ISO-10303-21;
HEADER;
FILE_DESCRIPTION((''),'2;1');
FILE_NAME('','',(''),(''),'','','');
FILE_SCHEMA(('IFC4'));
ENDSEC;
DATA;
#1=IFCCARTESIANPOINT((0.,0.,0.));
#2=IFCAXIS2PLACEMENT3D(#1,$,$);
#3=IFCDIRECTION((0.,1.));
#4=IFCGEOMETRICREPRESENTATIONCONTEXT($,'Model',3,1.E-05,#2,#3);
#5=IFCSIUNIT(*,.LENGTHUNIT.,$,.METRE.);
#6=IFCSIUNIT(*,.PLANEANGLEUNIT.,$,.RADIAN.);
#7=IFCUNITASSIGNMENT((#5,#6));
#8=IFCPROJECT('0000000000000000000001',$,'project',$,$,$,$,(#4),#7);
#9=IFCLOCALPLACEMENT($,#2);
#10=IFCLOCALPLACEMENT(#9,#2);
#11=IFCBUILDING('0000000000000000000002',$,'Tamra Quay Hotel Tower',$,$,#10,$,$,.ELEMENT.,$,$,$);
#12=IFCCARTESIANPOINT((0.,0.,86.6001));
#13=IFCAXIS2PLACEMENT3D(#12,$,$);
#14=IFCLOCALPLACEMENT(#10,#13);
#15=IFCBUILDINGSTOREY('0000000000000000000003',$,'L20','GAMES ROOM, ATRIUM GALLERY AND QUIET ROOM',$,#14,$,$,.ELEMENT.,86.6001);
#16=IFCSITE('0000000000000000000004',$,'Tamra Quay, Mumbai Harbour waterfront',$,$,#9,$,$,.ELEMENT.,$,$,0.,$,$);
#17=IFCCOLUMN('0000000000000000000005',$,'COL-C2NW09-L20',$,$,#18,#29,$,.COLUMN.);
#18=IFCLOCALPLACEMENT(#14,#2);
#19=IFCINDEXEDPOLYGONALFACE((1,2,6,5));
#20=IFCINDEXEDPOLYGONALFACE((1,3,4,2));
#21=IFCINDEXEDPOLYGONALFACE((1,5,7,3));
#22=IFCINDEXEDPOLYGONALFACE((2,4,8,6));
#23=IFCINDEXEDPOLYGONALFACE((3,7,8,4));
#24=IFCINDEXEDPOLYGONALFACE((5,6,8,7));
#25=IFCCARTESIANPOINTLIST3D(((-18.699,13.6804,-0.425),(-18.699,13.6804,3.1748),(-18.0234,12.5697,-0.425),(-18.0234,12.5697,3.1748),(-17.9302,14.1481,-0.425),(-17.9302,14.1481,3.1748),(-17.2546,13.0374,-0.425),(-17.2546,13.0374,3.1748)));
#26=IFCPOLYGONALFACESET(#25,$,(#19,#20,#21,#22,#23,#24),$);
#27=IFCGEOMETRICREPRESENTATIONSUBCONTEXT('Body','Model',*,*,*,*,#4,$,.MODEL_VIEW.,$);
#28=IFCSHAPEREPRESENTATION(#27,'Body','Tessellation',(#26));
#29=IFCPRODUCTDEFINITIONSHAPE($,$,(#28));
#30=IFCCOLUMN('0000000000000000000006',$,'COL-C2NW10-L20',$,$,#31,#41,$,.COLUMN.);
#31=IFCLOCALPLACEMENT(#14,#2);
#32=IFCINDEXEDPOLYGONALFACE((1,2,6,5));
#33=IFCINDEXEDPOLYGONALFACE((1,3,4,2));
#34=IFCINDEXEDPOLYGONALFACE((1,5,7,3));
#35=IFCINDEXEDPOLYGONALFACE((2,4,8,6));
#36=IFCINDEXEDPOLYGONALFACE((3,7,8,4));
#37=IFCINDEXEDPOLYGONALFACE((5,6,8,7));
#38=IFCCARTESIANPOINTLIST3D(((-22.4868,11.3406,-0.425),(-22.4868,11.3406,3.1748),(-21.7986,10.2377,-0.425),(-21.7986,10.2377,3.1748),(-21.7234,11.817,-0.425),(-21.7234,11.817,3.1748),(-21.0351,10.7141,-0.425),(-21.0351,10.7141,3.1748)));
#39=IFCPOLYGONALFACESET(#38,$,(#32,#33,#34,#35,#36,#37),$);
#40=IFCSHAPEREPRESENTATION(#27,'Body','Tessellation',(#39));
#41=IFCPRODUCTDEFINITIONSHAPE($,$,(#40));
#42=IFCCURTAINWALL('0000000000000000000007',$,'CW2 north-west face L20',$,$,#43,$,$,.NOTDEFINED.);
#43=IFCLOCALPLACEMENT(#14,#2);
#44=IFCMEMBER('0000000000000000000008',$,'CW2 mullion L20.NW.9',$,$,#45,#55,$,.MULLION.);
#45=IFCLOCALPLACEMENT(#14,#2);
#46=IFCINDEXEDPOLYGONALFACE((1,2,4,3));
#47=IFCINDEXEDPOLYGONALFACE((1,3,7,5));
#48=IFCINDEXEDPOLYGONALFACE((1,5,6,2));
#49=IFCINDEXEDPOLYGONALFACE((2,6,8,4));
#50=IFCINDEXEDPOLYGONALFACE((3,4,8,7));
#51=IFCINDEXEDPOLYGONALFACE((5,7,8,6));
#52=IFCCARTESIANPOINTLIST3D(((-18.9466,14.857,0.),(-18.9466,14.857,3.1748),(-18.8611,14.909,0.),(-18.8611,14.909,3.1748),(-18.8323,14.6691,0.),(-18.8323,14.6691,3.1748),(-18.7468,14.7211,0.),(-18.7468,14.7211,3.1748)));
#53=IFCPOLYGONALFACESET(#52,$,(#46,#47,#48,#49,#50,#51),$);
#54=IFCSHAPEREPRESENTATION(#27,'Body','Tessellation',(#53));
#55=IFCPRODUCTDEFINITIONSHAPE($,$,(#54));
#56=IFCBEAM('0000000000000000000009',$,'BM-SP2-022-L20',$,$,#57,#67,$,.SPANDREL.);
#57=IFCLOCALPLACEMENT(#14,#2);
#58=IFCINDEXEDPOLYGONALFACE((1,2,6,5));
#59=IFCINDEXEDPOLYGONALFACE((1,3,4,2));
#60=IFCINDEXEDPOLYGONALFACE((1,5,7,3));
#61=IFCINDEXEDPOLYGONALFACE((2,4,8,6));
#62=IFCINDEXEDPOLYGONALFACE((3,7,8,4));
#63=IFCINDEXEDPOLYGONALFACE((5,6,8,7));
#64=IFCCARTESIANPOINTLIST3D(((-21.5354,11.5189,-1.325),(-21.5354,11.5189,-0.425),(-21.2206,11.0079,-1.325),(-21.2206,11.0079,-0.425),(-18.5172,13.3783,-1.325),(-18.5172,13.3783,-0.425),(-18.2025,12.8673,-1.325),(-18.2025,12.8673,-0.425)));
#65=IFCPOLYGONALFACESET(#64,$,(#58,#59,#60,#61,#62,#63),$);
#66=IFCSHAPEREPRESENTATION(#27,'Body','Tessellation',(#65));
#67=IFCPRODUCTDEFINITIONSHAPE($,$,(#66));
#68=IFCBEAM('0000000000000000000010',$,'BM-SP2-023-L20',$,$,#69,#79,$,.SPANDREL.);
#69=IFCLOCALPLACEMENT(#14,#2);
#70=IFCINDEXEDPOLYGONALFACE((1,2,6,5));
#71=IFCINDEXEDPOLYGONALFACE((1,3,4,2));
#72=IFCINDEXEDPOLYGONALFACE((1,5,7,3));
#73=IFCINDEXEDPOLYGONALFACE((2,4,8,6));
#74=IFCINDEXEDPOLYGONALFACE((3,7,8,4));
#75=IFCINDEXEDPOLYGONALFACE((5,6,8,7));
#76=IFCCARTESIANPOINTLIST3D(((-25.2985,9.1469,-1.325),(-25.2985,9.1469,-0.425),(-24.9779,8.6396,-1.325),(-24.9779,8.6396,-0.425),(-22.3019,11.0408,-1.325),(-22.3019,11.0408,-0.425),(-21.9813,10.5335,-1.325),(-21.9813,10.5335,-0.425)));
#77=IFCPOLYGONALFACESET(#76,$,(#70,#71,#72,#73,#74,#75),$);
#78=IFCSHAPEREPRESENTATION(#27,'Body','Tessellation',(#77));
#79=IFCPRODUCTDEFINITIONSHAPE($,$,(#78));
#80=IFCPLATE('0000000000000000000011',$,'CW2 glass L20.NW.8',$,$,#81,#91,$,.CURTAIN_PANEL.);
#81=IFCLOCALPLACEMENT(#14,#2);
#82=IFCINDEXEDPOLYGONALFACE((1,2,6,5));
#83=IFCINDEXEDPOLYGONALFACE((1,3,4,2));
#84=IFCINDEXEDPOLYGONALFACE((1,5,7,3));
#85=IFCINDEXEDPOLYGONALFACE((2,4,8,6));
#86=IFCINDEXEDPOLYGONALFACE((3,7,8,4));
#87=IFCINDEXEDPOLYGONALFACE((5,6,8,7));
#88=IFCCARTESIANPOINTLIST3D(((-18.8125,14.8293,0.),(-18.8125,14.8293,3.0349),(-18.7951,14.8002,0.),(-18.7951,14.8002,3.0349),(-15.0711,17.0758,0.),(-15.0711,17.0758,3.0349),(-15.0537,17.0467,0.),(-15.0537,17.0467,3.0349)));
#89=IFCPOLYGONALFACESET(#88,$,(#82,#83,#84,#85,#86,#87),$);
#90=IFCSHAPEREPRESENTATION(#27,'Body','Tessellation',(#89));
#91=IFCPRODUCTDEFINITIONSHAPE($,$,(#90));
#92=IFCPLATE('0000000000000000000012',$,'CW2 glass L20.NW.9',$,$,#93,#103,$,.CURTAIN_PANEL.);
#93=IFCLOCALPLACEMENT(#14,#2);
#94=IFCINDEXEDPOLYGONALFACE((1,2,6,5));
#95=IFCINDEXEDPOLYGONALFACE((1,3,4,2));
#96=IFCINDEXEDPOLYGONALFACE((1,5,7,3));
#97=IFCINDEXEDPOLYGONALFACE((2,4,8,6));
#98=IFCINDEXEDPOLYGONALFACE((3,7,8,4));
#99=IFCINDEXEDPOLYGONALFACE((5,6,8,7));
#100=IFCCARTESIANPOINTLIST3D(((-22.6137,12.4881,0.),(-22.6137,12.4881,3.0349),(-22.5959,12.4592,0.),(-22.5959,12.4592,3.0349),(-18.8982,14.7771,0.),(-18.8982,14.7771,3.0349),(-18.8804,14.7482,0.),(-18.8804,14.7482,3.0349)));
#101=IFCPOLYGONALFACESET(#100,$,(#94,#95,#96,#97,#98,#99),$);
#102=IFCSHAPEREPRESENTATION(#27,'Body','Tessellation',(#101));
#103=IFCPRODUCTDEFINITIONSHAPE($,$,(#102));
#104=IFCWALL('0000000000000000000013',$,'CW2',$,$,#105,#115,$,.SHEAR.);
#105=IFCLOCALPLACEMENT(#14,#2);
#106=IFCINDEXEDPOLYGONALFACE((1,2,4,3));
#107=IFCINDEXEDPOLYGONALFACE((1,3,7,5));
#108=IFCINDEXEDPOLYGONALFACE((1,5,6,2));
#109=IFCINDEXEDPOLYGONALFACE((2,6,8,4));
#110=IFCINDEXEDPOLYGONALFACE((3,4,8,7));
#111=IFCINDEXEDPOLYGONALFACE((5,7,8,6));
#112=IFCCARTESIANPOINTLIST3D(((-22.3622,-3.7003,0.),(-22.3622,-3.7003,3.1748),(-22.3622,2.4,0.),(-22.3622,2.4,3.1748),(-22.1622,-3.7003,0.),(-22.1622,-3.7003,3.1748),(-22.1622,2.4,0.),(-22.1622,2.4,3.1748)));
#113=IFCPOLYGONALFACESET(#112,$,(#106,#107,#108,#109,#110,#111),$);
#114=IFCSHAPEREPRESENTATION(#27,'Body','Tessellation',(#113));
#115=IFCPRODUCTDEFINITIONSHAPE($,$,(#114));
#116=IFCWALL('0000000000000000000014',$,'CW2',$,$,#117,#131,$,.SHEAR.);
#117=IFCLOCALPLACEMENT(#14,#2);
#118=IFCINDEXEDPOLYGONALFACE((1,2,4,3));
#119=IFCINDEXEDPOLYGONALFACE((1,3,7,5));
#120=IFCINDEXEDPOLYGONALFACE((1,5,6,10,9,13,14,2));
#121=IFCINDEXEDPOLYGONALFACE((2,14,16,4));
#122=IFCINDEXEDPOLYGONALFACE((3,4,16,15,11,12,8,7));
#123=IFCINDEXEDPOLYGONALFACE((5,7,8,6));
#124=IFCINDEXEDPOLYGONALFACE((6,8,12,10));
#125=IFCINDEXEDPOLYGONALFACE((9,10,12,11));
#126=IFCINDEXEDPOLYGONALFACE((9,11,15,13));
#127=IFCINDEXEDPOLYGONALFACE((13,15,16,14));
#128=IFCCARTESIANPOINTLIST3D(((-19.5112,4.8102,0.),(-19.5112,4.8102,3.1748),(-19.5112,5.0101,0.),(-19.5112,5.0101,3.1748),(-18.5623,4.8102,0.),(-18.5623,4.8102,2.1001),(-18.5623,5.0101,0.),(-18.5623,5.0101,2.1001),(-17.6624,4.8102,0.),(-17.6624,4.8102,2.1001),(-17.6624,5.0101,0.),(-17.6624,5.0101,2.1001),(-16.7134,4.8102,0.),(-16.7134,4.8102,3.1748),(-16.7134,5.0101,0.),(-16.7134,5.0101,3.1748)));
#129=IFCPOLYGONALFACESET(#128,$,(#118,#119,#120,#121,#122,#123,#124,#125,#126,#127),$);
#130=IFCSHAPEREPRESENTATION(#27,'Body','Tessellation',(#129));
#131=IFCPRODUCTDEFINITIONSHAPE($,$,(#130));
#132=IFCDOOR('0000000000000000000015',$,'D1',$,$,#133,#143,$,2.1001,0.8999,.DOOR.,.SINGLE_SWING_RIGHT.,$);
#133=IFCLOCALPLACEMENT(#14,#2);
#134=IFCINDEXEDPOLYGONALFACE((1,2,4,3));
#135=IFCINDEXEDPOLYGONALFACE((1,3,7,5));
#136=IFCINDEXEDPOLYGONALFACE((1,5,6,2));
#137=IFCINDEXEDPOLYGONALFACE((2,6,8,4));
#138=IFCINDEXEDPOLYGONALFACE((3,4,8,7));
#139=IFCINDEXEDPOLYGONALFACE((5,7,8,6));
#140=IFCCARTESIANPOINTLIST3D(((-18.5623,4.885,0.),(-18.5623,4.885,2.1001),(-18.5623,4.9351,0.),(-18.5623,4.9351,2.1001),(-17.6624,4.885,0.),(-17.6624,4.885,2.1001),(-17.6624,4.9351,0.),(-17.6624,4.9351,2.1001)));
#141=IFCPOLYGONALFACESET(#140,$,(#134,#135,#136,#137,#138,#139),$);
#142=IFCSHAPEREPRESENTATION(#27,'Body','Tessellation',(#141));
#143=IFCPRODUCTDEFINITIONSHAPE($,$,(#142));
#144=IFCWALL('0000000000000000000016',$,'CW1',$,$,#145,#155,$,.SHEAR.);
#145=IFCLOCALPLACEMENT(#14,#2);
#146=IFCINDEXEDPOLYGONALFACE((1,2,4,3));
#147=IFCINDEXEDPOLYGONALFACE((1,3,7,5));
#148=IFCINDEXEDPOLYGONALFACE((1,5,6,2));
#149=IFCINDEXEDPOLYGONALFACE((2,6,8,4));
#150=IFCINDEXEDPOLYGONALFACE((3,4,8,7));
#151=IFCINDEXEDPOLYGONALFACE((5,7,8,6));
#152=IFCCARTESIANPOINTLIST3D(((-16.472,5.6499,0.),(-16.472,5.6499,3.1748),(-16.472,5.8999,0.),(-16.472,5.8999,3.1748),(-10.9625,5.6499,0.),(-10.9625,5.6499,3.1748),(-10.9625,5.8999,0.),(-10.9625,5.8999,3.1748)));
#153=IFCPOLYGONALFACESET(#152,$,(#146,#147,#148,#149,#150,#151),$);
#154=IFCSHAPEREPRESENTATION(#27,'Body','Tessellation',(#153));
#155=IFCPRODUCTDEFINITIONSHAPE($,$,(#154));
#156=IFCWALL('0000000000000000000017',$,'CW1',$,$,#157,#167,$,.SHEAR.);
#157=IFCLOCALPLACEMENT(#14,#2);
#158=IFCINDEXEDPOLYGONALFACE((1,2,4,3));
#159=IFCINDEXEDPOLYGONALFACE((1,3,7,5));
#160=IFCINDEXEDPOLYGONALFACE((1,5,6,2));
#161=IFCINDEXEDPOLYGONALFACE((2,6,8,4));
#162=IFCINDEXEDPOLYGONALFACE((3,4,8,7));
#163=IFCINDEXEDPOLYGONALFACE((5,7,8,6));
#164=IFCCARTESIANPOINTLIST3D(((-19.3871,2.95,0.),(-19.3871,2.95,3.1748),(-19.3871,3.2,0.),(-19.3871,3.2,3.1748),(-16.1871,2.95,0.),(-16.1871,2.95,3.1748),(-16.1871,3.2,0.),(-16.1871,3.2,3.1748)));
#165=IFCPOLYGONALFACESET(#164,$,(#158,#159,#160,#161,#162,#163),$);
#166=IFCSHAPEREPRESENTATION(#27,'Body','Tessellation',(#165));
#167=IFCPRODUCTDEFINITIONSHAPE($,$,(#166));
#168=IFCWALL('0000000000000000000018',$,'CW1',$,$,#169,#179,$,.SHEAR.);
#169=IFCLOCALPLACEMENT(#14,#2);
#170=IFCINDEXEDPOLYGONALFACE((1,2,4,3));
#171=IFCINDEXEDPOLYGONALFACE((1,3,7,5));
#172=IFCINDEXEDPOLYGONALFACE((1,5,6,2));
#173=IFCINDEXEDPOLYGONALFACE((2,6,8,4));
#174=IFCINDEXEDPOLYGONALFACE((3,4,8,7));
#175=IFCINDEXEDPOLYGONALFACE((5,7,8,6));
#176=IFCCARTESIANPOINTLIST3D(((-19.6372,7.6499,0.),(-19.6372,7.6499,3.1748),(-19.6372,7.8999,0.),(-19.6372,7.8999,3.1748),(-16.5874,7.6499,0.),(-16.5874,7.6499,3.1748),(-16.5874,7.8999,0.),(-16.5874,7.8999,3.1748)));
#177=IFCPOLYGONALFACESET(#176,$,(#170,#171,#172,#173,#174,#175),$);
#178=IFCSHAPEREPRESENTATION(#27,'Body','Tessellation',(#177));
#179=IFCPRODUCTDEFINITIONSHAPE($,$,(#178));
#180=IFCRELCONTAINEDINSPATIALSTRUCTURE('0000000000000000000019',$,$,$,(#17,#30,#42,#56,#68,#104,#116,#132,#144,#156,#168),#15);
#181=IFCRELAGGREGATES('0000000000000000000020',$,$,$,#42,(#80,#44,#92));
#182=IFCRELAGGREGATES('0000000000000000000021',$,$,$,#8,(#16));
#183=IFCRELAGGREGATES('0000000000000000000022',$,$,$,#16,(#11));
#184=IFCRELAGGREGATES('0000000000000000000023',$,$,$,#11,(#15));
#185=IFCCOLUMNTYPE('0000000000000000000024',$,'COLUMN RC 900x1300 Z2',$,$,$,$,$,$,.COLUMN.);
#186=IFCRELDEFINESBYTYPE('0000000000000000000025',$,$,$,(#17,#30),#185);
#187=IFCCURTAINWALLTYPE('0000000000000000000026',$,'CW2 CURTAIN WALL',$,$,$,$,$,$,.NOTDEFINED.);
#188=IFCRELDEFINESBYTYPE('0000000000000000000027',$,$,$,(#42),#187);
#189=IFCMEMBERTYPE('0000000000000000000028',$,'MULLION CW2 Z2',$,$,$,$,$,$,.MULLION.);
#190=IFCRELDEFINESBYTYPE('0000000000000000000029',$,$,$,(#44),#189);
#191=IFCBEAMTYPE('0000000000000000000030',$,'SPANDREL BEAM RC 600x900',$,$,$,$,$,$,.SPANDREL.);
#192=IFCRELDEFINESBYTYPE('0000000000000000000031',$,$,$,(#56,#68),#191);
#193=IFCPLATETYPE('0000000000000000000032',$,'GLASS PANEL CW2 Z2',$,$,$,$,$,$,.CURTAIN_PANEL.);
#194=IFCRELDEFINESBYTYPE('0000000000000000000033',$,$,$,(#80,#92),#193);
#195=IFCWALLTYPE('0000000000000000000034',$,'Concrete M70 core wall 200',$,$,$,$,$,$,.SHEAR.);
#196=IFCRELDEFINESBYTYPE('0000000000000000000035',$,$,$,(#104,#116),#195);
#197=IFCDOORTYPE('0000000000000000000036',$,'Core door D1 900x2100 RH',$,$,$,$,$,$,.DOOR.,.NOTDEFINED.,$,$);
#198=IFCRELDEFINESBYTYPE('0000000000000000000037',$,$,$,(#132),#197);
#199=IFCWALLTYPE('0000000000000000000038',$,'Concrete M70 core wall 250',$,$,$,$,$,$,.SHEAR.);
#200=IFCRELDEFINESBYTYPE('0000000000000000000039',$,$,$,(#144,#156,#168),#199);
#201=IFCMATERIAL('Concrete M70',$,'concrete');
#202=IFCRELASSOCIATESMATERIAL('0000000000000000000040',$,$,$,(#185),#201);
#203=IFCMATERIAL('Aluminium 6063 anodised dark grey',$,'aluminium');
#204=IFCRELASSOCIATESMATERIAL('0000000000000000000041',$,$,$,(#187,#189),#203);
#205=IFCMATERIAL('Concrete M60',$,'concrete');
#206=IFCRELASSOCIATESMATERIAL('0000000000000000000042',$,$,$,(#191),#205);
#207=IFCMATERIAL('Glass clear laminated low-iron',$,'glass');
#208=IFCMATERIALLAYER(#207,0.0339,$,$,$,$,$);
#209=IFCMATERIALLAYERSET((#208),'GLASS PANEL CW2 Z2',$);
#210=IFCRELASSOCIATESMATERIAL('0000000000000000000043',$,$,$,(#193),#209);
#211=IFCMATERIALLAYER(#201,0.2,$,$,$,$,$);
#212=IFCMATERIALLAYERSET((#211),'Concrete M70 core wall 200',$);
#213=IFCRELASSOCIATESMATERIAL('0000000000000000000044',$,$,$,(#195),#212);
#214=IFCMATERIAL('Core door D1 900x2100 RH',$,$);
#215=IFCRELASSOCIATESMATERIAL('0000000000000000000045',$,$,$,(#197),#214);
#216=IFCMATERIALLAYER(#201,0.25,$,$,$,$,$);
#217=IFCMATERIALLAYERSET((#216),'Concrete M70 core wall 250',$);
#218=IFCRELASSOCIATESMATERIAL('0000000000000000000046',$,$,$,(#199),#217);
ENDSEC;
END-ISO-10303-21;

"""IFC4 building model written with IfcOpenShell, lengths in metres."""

from ifc_helpers import new_model, si_unit, direction, frame, frame_2d, origin, origin_2d, place, context, subcontext, project, spatial, rectangle, extrude, material, layer, layer_set, material_profile, profile_set, type_object, element, fill, aggregate, save


model = new_model("IFC4")

# Units and contexts
model_context = context("Model", 3, precision=1e-05, world=origin(), true_north=direction((0.0, 1.0)))
body_context = subcontext(model_context, "Body", "Model", "MODEL_VIEW")
ifc_project = project(units=[si_unit("LENGTHUNIT", "METRE"), si_unit("PLANEANGLEUNIT", "RADIAN")], contexts=[model_context])

# Site, building, storey
site_placement = place(None, origin())
site = spatial("IfcSite", under=ifc_project, at=site_placement, Name="Tamra Quay, Mumbai Harbour waterfront", CompositionType="ELEMENT", RefElevation=0.0)
building_placement = place(site_placement, origin())
building = spatial("IfcBuilding", under=site, at=building_placement, Name="Tamra Quay Hotel Tower", CompositionType="ELEMENT")
storey_placement = place(building_placement, frame((0.0, 0.0, 86.6001)))
storey = spatial("IfcBuildingStorey", under=building, at=storey_placement, Name="L20", Description="GAMES ROOM, ATRIUM GALLERY AND QUIET ROOM", CompositionType="ELEMENT", Elevation=86.6001)

# Columns
ifc_material_1 = material(Name="Concrete M70", Category="concrete")
ifc_material_profile_1 = material_profile(ifc_material_1, rectangle(XDim=1.3, YDim=0.8999, at=origin_2d()), Name="COLUMN RC 900x1300 Z2")
ifc_profile_set_1 = profile_set([ifc_material_profile_1], Name="Concrete M70")
column_type = type_object("IfcColumnType", Name="COLUMN RC 900x1300 Z2", PredefinedType="COLUMN", material=ifc_profile_set_1)
for number, where, z_axis, x_axis, name in (
    (1, (-17.9768, 13.3589, -0.425), (0.0, 0.0, 1.0), (-0.519679, 0.854362, 0.0), "COL-C2NW09-L20"),
    (2, (-21.761, 11.0273, -0.425), (0.0, 0.0, 1.0), (-0.52941, 0.848366, 0.0), "COL-C2NW10-L20"),
):
    element("IfcColumn", number, at=place(storey_placement, frame(where, z_axis=z_axis, x_axis=x_axis)), inside=storey, type_object=column_type, Name=name, PredefinedType="COLUMN", context=body_context, shape_type="SweptSolid", body=[
        extrude(rectangle(XDim=1.3, YDim=0.8999, at=origin_2d()), origin(), (0.0, 0.0, 1.0), 3.5999),
    ])

# Curtain wall, member
ifc_material_2 = material(Name="Aluminium 6063 anodised dark grey", Category="aluminium")
curtain_wall_type = type_object("IfcCurtainWallType", Name="CW2 CURTAIN WALL", PredefinedType="NOTDEFINED", material=ifc_material_2)
curtain_wall_placement = place(storey_placement, origin())
curtain_wall = element("IfcCurtainWall", 3, at=curtain_wall_placement, inside=storey, type_object=curtain_wall_type, Name="CW2 north-west face L20", PredefinedType="NOTDEFINED")
ifc_material_profile_2 = material_profile(ifc_material_2, rectangle(XDim=0.22, YDim=0.1001, at=origin_2d()), Name="MULLION 100X220")
ifc_profile_set_2 = profile_set([ifc_material_profile_2], Name="Aluminium 6063 anodised dark grey")
member_type = type_object("IfcMemberType", Name="MULLION CW2 Z2", PredefinedType="MULLION", material=ifc_profile_set_2)
member_placement = place(storey_placement, frame((-18.8467, 14.7891, 0.0), z_axis=(0.0, 0.0, 1.0), x_axis=(-0.51965, 0.854379, 0.0)))
member = element("IfcMember", 4, at=member_placement, type_object=member_type, Name="CW2 mullion L20.NW.9", PredefinedType="MULLION", context=body_context, shape_type="SweptSolid", body=[
    extrude(rectangle(XDim=0.22, YDim=0.1001, at=origin_2d()), origin(), (0.0, 0.0, 1.0), 3.1748),
])

# Beams
ifc_material_3 = material(Name="Concrete M60", Category="concrete")
ifc_material_profile_3 = material_profile(ifc_material_3, rectangle(XDim=0.6001, YDim=0.8999, at=origin_2d()), Name="SPANDREL BEAM RC 600x900")
ifc_profile_set_3 = profile_set([ifc_material_profile_3], Name="Concrete M60")
beam_type = type_object("IfcBeamType", Name="SPANDREL BEAM RC 600x900", PredefinedType="SPANDREL", material=ifc_profile_set_3)
for number, where, z_axis, x_axis, name in (
    (5, (-18.3599, 13.1228, -0.875), (-0.851393, -0.524528, 0.0), (0.524528, -0.851393, 0.0), "BM-SP2-022-L20"),
    (6, (-22.1416, 10.7871, -0.875), (-0.845333, -0.534239, 0.0), (0.534239, -0.845333, 0.0), "BM-SP2-023-L20"),
):
    element("IfcBeam", number, at=place(storey_placement, frame(where, z_axis=z_axis, x_axis=x_axis)), inside=storey, type_object=beam_type, Name=name, PredefinedType="SPANDREL", context=body_context, shape_type="SweptSolid", body=[
        extrude(rectangle(XDim=0.6001, YDim=0.8999, at=origin_2d()), origin(), (0.0, 0.0, 1.0), 3.5449),
    ])

# Plates
ifc_material_4 = material(Name="Glass clear laminated low-iron", Category="glass")
ifc_layer_1 = layer(ifc_material_4, 0.0339)
ifc_layer_set_1 = layer_set([ifc_layer_1], Name="GLASS PANEL CW2 Z2")
plate_type = type_object("IfcPlateType", Name="GLASS PANEL CW2 Z2", PredefinedType="CURTAIN_PANEL", material=ifc_layer_set_1)
plate_1_placement = place(storey_placement, frame((-16.9331, 15.938, 0.0), z_axis=(0.0, 0.0, 1.0), x_axis=(-0.857331, -0.514765, 0.0)))
plate_1 = element("IfcPlate", 7, at=plate_1_placement, type_object=plate_type, Name="CW2 glass L20.NW.8", PredefinedType="CURTAIN_PANEL", context=body_context, shape_type="SweptSolid", body=[
    extrude(rectangle(XDim=4.364, YDim=0.0339, at=origin_2d()), origin(), (0.0, 0.0, 1.0), 3.0349),
])
plate_2_placement = place(storey_placement, frame((-20.7471, 13.6182, 0.0), z_axis=(0.0, 0.0, 1.0), x_axis=(-0.851399, -0.524518, 0.0)))
plate_2 = element("IfcPlate", 8, at=plate_2_placement, type_object=plate_type, Name="CW2 glass L20.NW.9", PredefinedType="CURTAIN_PANEL", context=body_context, shape_type="SweptSolid", body=[
    extrude(rectangle(XDim=4.364, YDim=0.0339, at=origin_2d()), origin(), (0.0, 0.0, 1.0), 3.0349),
])
aggregate(curtain_wall, [plate_1, member, plate_2])

# Wall
ifc_layer_2 = layer(ifc_material_1, 0.2)
ifc_layer_set_2 = layer_set([ifc_layer_2], Name="Concrete M70 core wall 200")
wall_type_1 = type_object("IfcWallType", Name="Concrete M70 core wall 200", PredefinedType="SHEAR", material=ifc_layer_set_2)
wall_1_placement = place(storey_placement, frame((-22.2622, 2.4001, 0.0), z_axis=(0.0, 0.0, 1.0), x_axis=(0.0, -1.0, 0.0)))
element("IfcWall", 9, at=wall_1_placement, inside=storey, type_object=wall_type_1, Name="CW2", PredefinedType="SHEAR", context=body_context, shape_type="SweptSolid", body=[
    extrude(rectangle(XDim=6.1003, YDim=0.2, at=frame_2d((3.0503, 0.0))), origin(), (0.0, 0.0, 1.0), 3.1748),
])

# Wall, opening, door
wall_2_placement = place(storey_placement, frame((-19.5112, 4.9102, 0.0), z_axis=(0.0, 0.0, 1.0), x_axis=(1.0, 0.0, 0.0)))
wall_2 = element("IfcWall", 10, at=wall_2_placement, inside=storey, type_object=wall_type_1, Name="CW2", PredefinedType="SHEAR", context=body_context, shape_type="SweptSolid", body=[
    extrude(rectangle(XDim=2.7979, YDim=0.2, at=frame_2d((1.3989, 0.0))), origin(), (0.0, 0.0, 1.0), 3.1748),
])
opening_1_placement = place(wall_2_placement, frame((0.949, 0.0, 0.0)))
opening_1 = element("IfcOpeningElement", 11, at=opening_1_placement, cuts=wall_2, PredefinedType="OPENING", context=body_context, shape_type="SweptSolid", body=[
    extrude(rectangle(XDim=0.8999, YDim=2.1001, at=frame_2d((0.45, 1.05))), frame((0.0, 0.1099, 0.0), z_axis=(0.0, -1.0, 0.0), x_axis=(1.0, 0.0, 0.0)), (0.0, 0.0, 1.0), 0.22),
])
ifc_material_5 = material(Name="Core door D1 900x2100 RH")
door_type_1 = type_object("IfcDoorType", Name="Core door D1 900x2100 RH", OperationType="NOTDEFINED", PredefinedType="DOOR", material=ifc_material_5)
door_1_placement = place(opening_1_placement, origin())
door_1 = element("IfcDoor", 12, at=door_1_placement, inside=storey, type_object=door_type_1, Name="D1", OperationType="SINGLE_SWING_RIGHT", OverallHeight=2.1001, OverallWidth=0.8999, PredefinedType="DOOR", context=body_context, shape_type="SweptSolid", body=[
    extrude(rectangle(XDim=0.8999, YDim=2.1001, at=frame_2d((0.45, 1.05))), frame((0.0, 0.0249, 0.0), z_axis=(0.0, -1.0, 0.0), x_axis=(1.0, 0.0, 0.0)), (0.0, 0.0, 1.0), 0.05),
])
fill(opening_1, door_1)

# Walls
ifc_layer_3 = layer(ifc_material_1, 0.25)
ifc_layer_set_3 = layer_set([ifc_layer_3], Name="Concrete M70 core wall 250")
wall_type_2 = type_object("IfcWallType", Name="Concrete M70 core wall 250", PredefinedType="SHEAR", material=ifc_layer_set_3)
wall_3_placement = place(storey_placement, frame((-16.4722, 5.7749, 0.0), z_axis=(0.0, 0.0, 1.0), x_axis=(1.0, 0.0, 0.0)))
element("IfcWall", 13, at=wall_3_placement, inside=storey, type_object=wall_type_2, Name="CW1", PredefinedType="SHEAR", context=body_context, shape_type="SweptSolid", body=[
    extrude(rectangle(XDim=5.5095, YDim=0.25, at=frame_2d((2.7549, 0.0))), origin(), (0.0, 0.0, 1.0), 3.1748),
])
wall_4_placement = place(storey_placement, frame((-19.3872, 3.075, 0.0), z_axis=(0.0, 0.0, 1.0), x_axis=(1.0, 0.0, 0.0)))
element("IfcWall", 14, at=wall_4_placement, inside=storey, type_object=wall_type_2, Name="CW1", PredefinedType="SHEAR", context=body_context, shape_type="SweptSolid", body=[
    extrude(rectangle(XDim=3.2, YDim=0.25, at=frame_2d((1.6001, 0.0))), origin(), (0.0, 0.0, 1.0), 3.1748),
])
wall_5_placement = place(storey_placement, frame((-19.6372, 7.7749, 0.0), z_axis=(0.0, 0.0, 1.0), x_axis=(1.0, 0.0, 0.0)))
element("IfcWall", 15, at=wall_5_placement, inside=storey, type_object=wall_type_2, Name="CW1", PredefinedType="SHEAR", context=body_context, shape_type="SweptSolid", body=[
    extrude(rectangle(XDim=3.0498, YDim=0.25, at=frame_2d((1.5249, 0.0))), origin(), (0.0, 0.0, 1.0), 3.1748),
])

save(model, "model.ifc")
